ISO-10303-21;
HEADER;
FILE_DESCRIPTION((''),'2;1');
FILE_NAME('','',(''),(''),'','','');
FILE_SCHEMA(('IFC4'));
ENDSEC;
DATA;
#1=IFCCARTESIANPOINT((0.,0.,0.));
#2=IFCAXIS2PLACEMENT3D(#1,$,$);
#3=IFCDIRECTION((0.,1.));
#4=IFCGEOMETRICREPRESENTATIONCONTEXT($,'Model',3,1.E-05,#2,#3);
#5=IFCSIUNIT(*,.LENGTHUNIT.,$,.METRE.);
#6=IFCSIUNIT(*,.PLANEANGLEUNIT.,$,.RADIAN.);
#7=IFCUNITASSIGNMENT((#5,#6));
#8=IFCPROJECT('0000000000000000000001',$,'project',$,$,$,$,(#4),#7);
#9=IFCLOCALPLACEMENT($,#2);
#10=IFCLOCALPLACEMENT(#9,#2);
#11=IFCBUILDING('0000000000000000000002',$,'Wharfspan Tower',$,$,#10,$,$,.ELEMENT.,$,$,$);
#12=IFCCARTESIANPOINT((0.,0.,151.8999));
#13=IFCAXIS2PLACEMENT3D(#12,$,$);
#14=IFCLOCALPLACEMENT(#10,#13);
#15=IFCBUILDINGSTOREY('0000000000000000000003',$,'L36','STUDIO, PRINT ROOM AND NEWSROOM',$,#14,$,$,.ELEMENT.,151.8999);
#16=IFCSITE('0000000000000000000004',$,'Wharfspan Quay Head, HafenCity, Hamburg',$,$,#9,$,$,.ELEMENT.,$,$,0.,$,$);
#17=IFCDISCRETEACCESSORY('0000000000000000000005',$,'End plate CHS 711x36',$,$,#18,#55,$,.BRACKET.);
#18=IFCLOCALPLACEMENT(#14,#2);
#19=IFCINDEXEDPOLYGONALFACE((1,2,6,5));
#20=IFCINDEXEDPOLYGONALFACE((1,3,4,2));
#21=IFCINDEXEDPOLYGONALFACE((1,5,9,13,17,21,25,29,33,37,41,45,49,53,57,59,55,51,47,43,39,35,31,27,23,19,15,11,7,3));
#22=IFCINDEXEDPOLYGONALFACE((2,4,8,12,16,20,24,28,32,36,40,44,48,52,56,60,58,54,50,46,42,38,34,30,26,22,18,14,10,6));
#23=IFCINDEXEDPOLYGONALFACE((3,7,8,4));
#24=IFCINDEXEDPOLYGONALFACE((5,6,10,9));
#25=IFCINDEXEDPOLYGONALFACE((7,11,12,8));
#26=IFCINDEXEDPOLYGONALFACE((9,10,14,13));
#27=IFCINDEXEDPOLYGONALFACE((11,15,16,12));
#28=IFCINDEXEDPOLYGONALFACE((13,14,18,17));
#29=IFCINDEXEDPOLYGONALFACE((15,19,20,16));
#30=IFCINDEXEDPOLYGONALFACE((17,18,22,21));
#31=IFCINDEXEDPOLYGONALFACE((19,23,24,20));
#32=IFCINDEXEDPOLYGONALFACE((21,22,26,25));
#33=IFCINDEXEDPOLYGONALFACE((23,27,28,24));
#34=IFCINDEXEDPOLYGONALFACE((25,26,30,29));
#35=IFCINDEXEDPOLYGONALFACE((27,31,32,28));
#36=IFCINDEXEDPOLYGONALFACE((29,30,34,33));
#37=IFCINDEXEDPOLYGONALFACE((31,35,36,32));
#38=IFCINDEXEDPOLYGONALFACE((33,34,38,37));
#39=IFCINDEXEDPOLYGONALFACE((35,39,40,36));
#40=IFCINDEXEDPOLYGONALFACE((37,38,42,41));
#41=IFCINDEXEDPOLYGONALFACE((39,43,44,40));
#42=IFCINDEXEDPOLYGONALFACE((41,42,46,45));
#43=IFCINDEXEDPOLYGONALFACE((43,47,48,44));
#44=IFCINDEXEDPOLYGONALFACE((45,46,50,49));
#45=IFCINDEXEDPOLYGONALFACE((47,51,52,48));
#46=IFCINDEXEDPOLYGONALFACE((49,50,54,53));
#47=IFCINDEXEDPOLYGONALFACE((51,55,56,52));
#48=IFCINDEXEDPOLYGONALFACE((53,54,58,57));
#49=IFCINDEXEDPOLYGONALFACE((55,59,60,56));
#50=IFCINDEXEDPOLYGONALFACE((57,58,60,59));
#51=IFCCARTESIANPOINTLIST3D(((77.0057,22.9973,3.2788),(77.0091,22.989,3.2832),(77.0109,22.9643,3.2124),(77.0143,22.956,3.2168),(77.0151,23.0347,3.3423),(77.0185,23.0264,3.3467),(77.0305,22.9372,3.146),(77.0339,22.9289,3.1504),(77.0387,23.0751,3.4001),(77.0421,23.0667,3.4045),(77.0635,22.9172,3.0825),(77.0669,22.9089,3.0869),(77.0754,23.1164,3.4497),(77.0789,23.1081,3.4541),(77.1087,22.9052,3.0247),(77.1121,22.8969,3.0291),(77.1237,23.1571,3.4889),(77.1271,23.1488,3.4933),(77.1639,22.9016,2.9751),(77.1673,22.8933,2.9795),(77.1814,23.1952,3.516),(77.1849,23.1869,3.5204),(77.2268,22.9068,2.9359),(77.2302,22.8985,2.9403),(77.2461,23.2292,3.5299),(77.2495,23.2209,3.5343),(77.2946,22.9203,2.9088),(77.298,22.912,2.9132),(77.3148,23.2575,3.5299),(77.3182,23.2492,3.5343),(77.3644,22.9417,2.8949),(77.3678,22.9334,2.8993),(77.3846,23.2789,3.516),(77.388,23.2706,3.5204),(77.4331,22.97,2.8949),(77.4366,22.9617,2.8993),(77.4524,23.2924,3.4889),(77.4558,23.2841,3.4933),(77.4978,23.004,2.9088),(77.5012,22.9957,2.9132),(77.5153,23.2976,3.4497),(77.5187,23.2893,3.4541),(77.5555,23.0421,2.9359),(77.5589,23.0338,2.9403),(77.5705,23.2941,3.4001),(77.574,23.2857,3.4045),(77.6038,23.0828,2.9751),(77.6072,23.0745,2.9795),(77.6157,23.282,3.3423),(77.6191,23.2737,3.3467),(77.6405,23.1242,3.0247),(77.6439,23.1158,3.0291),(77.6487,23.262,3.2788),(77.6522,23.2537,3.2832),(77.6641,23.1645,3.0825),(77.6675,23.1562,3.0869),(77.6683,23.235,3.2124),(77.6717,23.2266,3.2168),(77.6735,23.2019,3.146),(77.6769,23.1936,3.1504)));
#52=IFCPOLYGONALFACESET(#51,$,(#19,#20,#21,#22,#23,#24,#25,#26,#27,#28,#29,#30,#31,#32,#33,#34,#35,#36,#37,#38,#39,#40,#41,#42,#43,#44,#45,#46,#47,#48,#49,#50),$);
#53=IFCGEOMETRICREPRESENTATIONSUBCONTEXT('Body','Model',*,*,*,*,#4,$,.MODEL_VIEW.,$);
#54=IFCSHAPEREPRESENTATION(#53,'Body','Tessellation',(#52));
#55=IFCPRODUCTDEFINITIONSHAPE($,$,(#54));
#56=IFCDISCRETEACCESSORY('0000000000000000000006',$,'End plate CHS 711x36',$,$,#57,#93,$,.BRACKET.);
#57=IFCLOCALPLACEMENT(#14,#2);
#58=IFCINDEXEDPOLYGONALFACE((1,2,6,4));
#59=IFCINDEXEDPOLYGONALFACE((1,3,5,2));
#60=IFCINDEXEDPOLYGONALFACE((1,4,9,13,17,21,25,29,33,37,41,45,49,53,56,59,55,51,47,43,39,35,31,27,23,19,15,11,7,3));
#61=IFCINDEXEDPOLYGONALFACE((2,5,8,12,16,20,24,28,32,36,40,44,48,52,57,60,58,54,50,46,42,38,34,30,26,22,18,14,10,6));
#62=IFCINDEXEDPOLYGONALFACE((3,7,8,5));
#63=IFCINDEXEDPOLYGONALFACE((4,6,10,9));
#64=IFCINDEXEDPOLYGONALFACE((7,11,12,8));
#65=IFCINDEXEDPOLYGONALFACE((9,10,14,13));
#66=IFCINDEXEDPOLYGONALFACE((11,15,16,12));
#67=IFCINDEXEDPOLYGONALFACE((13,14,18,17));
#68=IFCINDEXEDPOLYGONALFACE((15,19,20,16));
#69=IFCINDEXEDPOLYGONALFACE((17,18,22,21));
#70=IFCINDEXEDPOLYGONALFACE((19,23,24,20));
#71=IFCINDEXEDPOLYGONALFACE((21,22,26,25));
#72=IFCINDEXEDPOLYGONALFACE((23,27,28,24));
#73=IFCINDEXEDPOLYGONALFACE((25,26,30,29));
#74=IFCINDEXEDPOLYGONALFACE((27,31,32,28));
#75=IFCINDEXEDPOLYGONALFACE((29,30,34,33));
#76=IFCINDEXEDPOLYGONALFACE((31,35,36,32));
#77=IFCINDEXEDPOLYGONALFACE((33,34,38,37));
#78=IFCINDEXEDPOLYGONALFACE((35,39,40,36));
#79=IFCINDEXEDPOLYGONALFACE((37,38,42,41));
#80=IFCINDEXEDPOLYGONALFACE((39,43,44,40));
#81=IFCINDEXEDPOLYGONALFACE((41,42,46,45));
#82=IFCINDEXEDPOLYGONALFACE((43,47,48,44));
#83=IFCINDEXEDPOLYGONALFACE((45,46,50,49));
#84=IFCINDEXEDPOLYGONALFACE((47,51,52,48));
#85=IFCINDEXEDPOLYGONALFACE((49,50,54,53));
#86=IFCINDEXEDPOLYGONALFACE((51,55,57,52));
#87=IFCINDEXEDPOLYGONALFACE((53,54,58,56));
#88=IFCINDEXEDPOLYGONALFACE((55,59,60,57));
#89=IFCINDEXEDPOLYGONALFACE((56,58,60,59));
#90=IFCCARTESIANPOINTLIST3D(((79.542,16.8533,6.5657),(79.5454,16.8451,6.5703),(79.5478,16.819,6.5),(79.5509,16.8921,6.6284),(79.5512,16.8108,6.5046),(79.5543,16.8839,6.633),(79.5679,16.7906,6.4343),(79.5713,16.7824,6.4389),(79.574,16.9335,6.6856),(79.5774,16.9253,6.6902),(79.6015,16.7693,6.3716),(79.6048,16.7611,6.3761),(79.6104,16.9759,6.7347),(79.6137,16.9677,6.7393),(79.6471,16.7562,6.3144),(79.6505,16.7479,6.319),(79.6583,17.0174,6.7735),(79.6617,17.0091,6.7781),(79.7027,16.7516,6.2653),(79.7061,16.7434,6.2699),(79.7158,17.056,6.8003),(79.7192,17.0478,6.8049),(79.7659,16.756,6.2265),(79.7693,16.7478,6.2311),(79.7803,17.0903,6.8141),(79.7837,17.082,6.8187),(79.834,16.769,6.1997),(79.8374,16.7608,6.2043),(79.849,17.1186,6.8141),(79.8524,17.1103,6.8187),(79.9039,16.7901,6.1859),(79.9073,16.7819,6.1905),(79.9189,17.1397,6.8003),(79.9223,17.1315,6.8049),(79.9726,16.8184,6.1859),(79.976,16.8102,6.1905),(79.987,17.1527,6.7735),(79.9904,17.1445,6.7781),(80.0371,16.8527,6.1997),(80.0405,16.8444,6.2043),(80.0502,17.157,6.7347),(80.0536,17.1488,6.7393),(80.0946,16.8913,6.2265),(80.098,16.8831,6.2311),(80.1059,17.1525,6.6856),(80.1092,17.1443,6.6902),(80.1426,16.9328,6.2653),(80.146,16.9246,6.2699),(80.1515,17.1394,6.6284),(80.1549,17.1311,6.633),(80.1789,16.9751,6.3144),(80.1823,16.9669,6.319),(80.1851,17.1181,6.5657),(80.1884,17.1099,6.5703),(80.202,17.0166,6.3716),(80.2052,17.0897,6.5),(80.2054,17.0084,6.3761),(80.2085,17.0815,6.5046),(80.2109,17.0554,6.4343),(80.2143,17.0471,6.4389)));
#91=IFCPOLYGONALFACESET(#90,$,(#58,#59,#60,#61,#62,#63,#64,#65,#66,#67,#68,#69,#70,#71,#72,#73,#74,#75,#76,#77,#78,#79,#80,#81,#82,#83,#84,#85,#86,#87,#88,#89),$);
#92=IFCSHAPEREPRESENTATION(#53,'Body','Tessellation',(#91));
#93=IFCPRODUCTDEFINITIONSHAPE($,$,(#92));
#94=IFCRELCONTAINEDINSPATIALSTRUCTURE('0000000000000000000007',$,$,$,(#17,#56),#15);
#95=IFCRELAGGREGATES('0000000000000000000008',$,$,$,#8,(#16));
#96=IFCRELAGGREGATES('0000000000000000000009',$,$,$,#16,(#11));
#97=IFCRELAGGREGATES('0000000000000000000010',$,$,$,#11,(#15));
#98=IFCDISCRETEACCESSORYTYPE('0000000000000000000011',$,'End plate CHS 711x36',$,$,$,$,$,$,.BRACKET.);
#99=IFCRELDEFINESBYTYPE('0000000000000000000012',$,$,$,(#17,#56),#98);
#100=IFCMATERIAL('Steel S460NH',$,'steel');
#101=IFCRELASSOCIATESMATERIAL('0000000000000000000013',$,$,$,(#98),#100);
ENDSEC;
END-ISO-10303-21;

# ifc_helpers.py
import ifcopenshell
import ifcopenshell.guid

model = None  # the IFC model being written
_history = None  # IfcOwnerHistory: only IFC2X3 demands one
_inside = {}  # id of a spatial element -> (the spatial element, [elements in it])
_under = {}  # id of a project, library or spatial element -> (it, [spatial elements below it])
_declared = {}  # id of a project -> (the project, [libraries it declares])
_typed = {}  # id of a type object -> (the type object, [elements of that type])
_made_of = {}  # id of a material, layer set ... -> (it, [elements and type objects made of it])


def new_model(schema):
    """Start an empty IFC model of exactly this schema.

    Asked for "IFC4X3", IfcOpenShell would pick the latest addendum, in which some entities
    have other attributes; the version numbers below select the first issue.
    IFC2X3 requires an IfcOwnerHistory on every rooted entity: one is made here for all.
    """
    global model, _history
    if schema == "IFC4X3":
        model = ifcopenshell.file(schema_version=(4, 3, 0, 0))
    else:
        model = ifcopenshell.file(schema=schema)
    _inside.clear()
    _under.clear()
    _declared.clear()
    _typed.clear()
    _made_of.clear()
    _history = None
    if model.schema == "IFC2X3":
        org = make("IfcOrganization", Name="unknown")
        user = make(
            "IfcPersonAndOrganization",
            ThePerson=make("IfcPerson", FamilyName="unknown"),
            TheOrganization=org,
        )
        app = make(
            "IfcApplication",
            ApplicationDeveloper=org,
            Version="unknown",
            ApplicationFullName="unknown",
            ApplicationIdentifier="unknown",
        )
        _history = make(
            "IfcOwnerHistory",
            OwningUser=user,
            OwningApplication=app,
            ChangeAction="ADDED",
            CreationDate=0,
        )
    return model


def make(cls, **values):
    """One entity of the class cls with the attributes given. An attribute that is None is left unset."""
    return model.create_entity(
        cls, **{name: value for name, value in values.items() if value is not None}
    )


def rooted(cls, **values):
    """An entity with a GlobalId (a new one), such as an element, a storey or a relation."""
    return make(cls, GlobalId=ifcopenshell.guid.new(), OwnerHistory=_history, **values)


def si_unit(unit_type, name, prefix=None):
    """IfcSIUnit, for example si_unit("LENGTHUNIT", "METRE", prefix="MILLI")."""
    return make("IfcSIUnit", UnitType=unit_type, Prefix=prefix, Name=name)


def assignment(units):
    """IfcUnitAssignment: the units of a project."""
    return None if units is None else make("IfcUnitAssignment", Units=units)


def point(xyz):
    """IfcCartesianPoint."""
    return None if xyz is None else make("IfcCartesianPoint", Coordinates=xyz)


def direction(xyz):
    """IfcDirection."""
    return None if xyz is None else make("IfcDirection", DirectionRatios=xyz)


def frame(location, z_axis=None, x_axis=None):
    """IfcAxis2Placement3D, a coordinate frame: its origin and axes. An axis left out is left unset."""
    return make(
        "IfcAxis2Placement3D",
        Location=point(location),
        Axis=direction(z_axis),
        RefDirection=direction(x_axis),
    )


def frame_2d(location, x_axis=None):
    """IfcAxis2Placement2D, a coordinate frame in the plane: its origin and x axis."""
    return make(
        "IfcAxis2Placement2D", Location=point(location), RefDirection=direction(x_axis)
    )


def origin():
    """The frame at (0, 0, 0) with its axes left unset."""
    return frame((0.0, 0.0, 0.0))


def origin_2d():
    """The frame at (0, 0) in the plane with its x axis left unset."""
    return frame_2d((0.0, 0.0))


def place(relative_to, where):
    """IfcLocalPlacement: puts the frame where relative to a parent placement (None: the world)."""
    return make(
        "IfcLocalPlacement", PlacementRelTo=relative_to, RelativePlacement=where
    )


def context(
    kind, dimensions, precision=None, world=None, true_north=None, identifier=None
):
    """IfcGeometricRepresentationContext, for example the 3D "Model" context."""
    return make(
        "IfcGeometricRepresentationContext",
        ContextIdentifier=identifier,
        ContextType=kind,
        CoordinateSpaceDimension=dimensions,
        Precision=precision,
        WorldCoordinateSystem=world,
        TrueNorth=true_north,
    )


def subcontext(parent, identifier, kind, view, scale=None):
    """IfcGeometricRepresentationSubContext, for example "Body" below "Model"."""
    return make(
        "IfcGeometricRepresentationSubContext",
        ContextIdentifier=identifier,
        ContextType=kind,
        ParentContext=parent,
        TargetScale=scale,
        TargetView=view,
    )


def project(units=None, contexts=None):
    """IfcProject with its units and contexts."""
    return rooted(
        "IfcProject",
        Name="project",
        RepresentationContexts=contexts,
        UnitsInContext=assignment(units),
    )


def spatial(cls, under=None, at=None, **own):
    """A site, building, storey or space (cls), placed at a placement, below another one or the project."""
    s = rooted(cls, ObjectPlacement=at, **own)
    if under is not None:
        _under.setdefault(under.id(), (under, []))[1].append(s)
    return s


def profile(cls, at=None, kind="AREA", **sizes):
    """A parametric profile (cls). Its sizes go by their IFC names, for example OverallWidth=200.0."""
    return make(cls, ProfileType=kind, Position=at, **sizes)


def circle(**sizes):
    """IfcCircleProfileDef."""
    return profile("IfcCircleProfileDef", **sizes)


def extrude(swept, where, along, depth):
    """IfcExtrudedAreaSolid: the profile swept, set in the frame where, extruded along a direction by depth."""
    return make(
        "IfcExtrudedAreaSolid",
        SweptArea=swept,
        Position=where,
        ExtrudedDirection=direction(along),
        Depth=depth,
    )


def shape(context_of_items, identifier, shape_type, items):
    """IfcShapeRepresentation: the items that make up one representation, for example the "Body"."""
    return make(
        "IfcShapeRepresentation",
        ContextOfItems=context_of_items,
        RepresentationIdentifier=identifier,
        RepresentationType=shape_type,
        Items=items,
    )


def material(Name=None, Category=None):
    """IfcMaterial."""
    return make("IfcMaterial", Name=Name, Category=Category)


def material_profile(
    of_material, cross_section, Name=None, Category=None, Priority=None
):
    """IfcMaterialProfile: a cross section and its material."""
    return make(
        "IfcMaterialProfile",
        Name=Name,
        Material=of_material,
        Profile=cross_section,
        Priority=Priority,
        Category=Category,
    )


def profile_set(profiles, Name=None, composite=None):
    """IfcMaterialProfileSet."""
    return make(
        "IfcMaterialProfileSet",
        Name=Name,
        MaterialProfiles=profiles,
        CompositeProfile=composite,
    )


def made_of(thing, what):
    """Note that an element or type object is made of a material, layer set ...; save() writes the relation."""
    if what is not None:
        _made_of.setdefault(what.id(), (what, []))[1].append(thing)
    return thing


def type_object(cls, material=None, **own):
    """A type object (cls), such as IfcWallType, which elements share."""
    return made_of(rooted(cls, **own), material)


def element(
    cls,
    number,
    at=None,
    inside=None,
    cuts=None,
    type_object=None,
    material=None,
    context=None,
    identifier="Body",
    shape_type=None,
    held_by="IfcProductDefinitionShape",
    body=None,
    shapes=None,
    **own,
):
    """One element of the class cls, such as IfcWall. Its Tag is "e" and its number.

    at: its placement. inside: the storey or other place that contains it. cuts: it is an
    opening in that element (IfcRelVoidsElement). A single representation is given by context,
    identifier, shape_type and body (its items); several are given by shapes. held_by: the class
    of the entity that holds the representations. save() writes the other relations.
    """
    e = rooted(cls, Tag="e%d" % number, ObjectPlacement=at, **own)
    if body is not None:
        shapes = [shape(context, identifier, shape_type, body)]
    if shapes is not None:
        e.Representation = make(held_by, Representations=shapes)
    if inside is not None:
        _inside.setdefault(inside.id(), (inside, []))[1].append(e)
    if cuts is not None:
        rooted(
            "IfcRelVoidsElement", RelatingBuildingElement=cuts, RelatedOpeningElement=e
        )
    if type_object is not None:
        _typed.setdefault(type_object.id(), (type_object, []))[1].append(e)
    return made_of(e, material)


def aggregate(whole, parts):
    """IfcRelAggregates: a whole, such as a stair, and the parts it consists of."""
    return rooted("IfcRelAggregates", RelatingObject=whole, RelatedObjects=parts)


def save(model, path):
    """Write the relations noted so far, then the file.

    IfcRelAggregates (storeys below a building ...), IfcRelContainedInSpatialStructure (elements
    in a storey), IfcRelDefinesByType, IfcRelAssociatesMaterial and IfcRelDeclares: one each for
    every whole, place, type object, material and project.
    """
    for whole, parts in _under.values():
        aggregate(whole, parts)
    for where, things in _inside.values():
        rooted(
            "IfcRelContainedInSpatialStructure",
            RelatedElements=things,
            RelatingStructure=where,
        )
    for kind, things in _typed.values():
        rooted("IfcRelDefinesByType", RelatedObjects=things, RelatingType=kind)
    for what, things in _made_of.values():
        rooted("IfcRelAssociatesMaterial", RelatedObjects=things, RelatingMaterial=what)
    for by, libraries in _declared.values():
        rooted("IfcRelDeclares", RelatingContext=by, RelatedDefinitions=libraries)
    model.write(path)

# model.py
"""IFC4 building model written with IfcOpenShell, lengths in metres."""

from ifc_helpers import new_model, si_unit, direction, frame, origin, origin_2d, place, context, subcontext, project, spatial, circle, extrude, material, material_profile, profile_set, type_object, element, save


model = new_model("IFC4")

# Units and contexts
model_context = context("Model", 3, precision=1e-05, world=origin(), true_north=direction((0.0, 1.0)))
body_context = subcontext(model_context, "Body", "Model", "MODEL_VIEW")
ifc_project = project(units=[si_unit("LENGTHUNIT", "METRE"), si_unit("PLANEANGLEUNIT", "RADIAN")], contexts=[model_context])

# Site, building, storey
site_placement = place(None, origin())
site = spatial("IfcSite", under=ifc_project, at=site_placement, Name="Wharfspan Quay Head, HafenCity, Hamburg", CompositionType="ELEMENT", RefElevation=0.0)
building_placement = place(site_placement, origin())
building = spatial("IfcBuilding", under=site, at=building_placement, Name="Wharfspan Tower", CompositionType="ELEMENT")
storey_placement = place(building_placement, frame((0.0, 0.0, 151.8999)))
storey = spatial("IfcBuildingStorey", under=building, at=storey_placement, Name="L36", Description="STUDIO, PRINT ROOM AND NEWSROOM", CompositionType="ELEMENT", Elevation=151.8999)

# Shared definitions
ifc_material_1 = material(Name="Steel S460NH", Category="steel")

# Discrete accessories
ifc_material_profile_1 = material_profile(ifc_material_1, circle(Radius=0.3555, at=origin_2d()))
ifc_profile_set_1 = profile_set([ifc_material_profile_1], Name="Steel S460NH")
discrete_accessory_type = type_object("IfcDiscreteAccessoryType", Name="End plate CHS 711x36", PredefinedType="BRACKET", material=ifc_profile_set_1)
for number, where, z_axis, x_axis, name in (
    (1, (77.3396, 23.0996, 3.2124), (0.341972, -0.830504, 0.439679), (0.924678, 0.380749, -0.000001), "End plate CHS 711x36"),
    (2, (79.8765, 16.9543, 6.5), (0.338259, -0.821486, 0.459066), (0.924676, 0.380749, 0.0), "End plate CHS 711x36"),
):
    element("IfcDiscreteAccessory", number, at=place(storey_placement, frame(where, z_axis=z_axis, x_axis=x_axis)), inside=storey, type_object=discrete_accessory_type, Name=name, PredefinedType="BRACKET", context=body_context, shape_type="SweptSolid", body=[
        extrude(circle(Radius=0.3555, at=origin_2d()), origin(), (0.0, 0.0, 1.0), 0.01),
    ])

save(model, "model.ifc")
